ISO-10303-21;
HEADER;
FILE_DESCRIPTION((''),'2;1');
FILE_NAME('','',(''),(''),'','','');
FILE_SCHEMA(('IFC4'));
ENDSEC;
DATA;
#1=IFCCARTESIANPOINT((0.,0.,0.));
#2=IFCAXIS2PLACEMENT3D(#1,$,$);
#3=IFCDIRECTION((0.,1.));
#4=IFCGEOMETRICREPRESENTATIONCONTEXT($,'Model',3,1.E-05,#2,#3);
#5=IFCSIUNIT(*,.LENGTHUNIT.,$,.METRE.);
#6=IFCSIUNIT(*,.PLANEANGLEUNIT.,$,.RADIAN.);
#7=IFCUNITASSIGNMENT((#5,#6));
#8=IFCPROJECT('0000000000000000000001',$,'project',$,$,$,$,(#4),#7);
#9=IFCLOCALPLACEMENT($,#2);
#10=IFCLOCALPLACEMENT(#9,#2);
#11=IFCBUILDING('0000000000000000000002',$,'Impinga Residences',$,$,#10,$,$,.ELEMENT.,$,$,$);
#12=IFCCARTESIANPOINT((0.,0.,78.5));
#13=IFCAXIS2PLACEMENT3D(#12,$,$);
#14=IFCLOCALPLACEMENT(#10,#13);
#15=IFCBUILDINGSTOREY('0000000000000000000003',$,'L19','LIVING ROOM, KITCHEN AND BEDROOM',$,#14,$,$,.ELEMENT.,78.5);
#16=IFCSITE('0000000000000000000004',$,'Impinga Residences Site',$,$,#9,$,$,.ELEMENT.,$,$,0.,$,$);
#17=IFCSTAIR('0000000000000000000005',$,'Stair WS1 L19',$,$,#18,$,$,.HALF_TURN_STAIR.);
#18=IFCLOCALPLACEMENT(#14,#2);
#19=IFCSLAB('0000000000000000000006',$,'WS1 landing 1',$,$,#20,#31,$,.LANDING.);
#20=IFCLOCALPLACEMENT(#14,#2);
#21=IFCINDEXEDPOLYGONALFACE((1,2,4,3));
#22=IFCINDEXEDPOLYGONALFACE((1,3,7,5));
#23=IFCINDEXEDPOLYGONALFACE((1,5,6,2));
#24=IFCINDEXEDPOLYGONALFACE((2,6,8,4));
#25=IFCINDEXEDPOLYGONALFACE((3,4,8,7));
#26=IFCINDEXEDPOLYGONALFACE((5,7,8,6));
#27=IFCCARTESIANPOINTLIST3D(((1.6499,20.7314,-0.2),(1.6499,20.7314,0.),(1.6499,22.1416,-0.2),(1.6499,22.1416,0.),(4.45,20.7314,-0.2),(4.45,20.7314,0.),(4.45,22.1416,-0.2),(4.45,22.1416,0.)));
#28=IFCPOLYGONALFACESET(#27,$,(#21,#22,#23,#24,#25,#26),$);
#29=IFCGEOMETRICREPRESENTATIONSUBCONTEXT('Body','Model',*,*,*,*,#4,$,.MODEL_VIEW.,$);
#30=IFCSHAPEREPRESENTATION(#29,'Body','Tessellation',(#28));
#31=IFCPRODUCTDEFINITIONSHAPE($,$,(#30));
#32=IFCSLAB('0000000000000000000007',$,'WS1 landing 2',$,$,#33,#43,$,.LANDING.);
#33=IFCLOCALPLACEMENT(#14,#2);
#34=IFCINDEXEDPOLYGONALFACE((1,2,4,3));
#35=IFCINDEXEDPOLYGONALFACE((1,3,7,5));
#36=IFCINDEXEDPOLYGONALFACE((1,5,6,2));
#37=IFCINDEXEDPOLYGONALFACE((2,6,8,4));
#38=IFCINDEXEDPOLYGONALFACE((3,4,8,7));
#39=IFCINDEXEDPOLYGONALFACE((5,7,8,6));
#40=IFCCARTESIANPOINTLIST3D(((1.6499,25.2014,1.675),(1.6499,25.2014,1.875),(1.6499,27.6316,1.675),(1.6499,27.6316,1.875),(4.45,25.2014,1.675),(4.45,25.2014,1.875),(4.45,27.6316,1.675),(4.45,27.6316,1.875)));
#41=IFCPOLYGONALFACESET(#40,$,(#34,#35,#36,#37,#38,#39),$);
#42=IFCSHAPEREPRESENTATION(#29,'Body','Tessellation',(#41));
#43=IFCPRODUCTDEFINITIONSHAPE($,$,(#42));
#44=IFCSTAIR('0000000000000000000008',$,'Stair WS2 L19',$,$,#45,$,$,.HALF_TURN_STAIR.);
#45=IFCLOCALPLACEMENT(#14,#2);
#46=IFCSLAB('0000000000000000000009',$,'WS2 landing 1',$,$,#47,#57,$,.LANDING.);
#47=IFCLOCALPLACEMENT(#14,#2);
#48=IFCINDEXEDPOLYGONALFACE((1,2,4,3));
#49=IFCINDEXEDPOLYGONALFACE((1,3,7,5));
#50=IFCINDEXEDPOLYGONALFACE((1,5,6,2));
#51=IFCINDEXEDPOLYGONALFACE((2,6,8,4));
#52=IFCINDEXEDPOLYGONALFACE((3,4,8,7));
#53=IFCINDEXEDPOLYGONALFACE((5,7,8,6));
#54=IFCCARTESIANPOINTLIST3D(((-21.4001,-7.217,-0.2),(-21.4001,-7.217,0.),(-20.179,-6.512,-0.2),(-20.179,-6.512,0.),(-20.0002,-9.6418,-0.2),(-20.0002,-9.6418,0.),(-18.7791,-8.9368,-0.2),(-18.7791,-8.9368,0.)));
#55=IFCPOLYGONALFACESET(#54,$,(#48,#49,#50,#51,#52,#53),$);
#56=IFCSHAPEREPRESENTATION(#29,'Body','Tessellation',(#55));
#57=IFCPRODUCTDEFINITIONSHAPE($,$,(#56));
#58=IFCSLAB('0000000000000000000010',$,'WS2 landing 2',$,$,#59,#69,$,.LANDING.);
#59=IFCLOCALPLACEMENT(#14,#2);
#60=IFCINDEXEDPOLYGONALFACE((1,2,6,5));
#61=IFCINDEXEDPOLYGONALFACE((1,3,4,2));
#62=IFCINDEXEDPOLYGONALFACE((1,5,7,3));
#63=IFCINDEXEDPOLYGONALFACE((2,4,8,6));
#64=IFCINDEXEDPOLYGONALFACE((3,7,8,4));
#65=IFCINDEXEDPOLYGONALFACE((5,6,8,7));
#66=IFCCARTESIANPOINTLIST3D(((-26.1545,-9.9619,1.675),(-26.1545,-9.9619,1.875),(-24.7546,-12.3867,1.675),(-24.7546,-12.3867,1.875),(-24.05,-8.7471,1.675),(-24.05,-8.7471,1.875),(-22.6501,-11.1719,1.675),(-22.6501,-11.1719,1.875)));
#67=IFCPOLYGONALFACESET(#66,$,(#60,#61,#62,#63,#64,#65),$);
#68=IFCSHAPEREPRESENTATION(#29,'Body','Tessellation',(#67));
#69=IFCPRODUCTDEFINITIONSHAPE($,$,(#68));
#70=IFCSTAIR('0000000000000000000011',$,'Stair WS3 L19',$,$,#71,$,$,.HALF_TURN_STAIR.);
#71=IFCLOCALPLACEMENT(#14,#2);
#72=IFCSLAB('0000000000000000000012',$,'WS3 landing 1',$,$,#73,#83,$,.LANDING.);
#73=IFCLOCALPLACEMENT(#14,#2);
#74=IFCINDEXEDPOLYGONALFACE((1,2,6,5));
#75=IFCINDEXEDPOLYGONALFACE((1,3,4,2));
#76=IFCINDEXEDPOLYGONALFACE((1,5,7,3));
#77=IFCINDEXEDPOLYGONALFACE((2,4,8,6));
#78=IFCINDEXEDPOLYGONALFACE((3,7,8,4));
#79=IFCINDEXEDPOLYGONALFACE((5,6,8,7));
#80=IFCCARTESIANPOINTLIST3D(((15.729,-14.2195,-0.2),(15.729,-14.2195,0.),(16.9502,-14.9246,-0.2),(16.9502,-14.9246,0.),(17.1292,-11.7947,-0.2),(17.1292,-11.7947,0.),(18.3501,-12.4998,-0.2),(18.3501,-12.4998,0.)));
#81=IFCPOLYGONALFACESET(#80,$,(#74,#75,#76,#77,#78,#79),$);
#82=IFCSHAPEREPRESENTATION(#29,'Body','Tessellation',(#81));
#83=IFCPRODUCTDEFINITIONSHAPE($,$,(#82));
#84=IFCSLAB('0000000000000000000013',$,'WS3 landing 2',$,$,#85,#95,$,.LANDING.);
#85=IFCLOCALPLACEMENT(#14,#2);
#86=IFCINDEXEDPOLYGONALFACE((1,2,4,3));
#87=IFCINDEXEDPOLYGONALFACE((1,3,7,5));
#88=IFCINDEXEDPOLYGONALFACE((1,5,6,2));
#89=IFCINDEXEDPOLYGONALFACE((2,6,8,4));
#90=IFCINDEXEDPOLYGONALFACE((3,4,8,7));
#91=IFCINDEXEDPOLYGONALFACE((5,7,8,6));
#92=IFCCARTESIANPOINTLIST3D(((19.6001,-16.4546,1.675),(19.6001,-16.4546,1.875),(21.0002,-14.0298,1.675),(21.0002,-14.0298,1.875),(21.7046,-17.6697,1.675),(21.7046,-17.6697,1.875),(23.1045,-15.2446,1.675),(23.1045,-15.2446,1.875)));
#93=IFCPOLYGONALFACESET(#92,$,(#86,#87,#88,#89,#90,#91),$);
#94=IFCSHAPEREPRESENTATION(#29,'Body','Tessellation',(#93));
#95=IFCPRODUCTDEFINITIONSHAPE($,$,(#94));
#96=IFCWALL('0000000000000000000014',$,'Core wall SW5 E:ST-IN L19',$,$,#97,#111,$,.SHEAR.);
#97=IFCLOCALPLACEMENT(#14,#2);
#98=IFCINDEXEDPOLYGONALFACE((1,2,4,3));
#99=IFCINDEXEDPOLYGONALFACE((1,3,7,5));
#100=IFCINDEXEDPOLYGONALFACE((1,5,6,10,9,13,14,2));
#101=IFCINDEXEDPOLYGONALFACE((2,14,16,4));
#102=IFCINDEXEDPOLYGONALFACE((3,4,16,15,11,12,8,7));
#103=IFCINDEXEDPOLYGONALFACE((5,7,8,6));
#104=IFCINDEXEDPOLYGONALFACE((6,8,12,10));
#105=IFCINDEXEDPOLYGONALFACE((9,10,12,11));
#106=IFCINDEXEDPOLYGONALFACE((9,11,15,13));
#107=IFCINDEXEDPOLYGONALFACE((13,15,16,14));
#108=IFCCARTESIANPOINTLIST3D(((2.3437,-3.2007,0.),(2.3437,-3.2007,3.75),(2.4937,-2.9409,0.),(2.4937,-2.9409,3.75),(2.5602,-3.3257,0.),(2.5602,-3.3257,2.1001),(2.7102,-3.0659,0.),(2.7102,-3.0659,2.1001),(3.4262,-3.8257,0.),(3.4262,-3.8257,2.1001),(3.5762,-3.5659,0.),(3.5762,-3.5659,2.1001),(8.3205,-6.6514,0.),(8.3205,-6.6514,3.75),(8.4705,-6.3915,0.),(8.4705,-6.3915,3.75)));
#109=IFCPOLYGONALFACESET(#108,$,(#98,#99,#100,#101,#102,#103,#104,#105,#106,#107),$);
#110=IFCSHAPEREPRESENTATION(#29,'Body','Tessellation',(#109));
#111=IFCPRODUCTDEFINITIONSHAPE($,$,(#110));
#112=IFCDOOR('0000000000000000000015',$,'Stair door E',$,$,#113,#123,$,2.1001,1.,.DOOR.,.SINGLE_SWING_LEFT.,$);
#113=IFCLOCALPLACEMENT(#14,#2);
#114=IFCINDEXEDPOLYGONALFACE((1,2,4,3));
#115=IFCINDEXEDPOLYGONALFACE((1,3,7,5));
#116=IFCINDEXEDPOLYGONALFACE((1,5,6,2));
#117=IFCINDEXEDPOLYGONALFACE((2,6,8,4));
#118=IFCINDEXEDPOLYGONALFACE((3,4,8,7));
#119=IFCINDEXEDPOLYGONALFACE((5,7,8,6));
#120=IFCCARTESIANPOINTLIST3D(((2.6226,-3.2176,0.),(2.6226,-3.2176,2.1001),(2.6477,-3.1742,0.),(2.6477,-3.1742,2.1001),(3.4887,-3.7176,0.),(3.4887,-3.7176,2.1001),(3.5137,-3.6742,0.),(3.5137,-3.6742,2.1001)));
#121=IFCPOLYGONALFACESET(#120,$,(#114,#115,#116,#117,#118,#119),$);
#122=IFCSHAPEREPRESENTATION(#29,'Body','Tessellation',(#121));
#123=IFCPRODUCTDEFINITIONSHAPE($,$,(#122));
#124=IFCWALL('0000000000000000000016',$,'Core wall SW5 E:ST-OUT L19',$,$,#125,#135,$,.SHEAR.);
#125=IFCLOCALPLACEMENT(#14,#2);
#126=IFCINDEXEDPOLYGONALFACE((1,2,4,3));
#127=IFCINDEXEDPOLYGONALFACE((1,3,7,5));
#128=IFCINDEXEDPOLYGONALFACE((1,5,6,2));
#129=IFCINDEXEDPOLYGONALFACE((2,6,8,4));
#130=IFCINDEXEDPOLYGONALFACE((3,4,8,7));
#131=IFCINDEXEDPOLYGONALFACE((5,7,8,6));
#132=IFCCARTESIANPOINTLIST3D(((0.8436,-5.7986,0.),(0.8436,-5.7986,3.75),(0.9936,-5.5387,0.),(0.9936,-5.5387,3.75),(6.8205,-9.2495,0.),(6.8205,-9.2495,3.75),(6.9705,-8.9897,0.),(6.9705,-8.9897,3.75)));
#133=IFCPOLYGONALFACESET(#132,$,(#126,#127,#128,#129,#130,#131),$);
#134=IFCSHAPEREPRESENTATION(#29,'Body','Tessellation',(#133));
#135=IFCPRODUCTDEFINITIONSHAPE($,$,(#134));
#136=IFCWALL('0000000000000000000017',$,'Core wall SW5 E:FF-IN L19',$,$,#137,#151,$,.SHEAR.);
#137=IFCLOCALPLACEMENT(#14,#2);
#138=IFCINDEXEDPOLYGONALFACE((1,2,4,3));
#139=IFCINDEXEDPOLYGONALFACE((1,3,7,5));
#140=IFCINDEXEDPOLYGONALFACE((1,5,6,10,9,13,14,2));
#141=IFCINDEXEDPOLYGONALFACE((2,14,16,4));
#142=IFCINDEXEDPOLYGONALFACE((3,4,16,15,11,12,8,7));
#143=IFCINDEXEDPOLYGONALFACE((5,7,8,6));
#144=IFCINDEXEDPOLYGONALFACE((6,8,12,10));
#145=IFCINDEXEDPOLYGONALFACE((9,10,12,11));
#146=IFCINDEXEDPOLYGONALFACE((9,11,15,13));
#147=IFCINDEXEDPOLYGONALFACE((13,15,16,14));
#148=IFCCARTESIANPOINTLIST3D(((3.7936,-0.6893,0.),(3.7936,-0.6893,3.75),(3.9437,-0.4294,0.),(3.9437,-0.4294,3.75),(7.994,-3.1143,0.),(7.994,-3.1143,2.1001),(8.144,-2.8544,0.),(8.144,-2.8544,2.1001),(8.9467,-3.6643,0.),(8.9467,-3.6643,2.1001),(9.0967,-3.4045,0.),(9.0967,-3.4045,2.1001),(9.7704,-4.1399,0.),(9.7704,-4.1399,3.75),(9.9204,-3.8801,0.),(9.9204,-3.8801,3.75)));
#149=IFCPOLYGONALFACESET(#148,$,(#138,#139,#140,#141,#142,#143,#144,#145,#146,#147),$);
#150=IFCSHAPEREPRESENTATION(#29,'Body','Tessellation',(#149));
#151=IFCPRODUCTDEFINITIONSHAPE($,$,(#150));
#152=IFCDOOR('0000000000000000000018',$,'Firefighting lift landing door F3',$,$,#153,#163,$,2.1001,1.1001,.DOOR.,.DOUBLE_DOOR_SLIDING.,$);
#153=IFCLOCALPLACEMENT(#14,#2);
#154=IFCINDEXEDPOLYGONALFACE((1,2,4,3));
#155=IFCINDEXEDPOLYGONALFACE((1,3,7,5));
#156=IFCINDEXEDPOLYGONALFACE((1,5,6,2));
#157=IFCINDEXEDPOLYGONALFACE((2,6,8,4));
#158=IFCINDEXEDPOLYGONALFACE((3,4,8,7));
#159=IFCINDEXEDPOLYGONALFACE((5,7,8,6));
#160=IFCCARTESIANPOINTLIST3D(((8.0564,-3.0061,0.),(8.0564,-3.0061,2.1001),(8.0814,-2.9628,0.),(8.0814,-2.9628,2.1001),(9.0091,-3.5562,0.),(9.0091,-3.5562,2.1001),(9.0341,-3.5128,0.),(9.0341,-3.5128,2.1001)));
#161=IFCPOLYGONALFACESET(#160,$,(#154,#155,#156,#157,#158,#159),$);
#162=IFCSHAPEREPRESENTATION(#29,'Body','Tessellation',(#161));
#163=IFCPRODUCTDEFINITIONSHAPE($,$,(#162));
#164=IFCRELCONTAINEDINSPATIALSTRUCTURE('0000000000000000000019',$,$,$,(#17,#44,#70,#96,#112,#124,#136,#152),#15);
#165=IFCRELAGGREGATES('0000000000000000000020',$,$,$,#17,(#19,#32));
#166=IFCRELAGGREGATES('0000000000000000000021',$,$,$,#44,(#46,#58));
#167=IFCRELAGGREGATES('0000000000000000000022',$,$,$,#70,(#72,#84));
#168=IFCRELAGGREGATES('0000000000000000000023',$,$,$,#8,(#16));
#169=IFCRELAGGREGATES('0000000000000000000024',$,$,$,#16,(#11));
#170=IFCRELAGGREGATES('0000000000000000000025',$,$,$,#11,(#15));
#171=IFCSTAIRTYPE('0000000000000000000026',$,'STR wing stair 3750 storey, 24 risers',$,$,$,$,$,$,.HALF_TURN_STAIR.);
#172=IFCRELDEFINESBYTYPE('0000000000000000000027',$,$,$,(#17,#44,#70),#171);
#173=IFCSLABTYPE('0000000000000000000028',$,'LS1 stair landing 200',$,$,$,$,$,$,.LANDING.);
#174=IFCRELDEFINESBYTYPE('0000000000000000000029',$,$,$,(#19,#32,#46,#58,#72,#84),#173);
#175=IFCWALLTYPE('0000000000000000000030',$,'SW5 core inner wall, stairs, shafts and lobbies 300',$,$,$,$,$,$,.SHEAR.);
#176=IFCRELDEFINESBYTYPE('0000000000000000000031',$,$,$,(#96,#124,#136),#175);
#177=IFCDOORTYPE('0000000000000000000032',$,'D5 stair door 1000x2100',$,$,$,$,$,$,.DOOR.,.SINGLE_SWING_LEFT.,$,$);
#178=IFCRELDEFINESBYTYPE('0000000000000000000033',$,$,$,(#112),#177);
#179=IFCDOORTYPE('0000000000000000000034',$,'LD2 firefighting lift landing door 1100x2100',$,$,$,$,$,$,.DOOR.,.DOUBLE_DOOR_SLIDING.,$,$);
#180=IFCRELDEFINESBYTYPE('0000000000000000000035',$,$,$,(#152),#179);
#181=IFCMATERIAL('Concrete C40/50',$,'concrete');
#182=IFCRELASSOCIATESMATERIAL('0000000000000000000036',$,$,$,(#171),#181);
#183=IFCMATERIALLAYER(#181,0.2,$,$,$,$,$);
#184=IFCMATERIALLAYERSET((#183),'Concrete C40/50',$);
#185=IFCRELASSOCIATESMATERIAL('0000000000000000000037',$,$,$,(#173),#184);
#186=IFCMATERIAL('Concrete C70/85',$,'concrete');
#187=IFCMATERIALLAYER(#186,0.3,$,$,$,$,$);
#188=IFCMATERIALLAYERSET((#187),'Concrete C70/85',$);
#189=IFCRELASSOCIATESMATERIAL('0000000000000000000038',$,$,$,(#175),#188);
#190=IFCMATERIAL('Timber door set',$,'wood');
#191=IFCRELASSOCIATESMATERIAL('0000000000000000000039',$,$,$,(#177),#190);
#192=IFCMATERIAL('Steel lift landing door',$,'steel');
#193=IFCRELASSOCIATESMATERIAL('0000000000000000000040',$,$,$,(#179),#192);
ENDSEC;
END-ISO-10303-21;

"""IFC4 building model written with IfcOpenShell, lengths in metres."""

from ifc_helpers import new_model, si_unit, direction, frame, frame_2d, origin, place, context, subcontext, project, spatial, polyline, rectangle, outline, extrude, material, layer, layer_set, type_object, element, fill, aggregate, save


model = new_model("IFC4")

# Units and contexts
model_context = context("Model", 3, precision=1e-05, world=origin(), true_north=direction((0.0, 1.0)))
body_context = subcontext(model_context, "Body", "Model", "MODEL_VIEW")
ifc_project = project(units=[si_unit("LENGTHUNIT", "METRE"), si_unit("PLANEANGLEUNIT", "RADIAN")], contexts=[model_context])

# Site, building, storey
site_placement = place(None, origin())
site = spatial("IfcSite", under=ifc_project, at=site_placement, Name="Impinga Residences Site", CompositionType="ELEMENT", RefElevation=0.0)
building_placement = place(site_placement, origin())
building = spatial("IfcBuilding", under=site, at=building_placement, Name="Impinga Residences", CompositionType="ELEMENT")
storey_placement = place(building_placement, frame((0.0, 0.0, 78.5)))
storey = spatial("IfcBuildingStorey", under=building, at=storey_placement, Name="L19", Description="LIVING ROOM, KITCHEN AND BEDROOM", CompositionType="ELEMENT", Elevation=78.5)

# Stairs, slabs
ifc_material_1 = material(Name="Concrete C40/50", Category="concrete")
stair_type_1 = type_object("IfcStairType", Name="STR wing stair 3750 storey, 24 risers", PredefinedType="HALF_TURN_STAIR", material=ifc_material_1)
stair_1_placement = place(storey_placement, origin())
stair_1 = element("IfcStair", 1, at=stair_1_placement, inside=storey, type_object=stair_type_1, Name="Stair WS1 L19", PredefinedType="HALF_TURN_STAIR")
ifc_layer_1 = layer(ifc_material_1, 0.2)
ifc_layer_set_1 = layer_set([ifc_layer_1], Name="Concrete C40/50")
slab_type = type_object("IfcSlabType", Name="LS1 stair landing 200", PredefinedType="LANDING", material=ifc_layer_set_1)
slab_1_placement = place(storey_placement, frame((0.0, 0.0, -0.2)))
slab_1 = element("IfcSlab", 2, at=slab_1_placement, type_object=slab_type, Name="WS1 landing 1", PredefinedType="LANDING", context=body_context, shape_type="SweptSolid", body=[
    extrude(outline(polyline([(1.6499, 20.7314), (4.45, 20.7314), (4.45, 22.1416), (1.6499, 22.1416), (1.6499, 20.7314)])), origin(), (0.0, 0.0, 1.0), 0.2),
])
slab_2_placement = place(storey_placement, frame((0.0, 0.0, 1.675)))
slab_2 = element("IfcSlab", 3, at=slab_2_placement, type_object=slab_type, Name="WS1 landing 2", PredefinedType="LANDING", context=body_context, shape_type="SweptSolid", body=[
    extrude(outline(polyline([(1.6499, 25.2014), (4.45, 25.2014), (4.45, 27.6316), (1.6499, 27.6316), (1.6499, 25.2014)])), origin(), (0.0, 0.0, 1.0), 0.2),
])
aggregate(stair_1, [slab_1, slab_2])
stair_2_placement = place(storey_placement, origin())
stair_2 = element("IfcStair", 4, at=stair_2_placement, inside=storey, type_object=stair_type_1, Name="Stair WS2 L19", PredefinedType="HALF_TURN_STAIR")
slab_3_placement = place(storey_placement, frame((0.0, 0.0, -0.2)))
slab_3 = element("IfcSlab", 5, at=slab_3_placement, type_object=slab_type, Name="WS2 landing 1", PredefinedType="LANDING", context=body_context, shape_type="SweptSolid", body=[
    extrude(outline(polyline([(-18.7791, -8.9368), (-20.179, -6.512), (-21.4001, -7.217), (-20.0002, -9.6418), (-18.7791, -8.9368)])), origin(), (0.0, 0.0, 1.0), 0.2),
])
slab_4_placement = place(storey_placement, frame((0.0, 0.0, 1.675)))
slab_4 = element("IfcSlab", 6, at=slab_4_placement, type_object=slab_type, Name="WS2 landing 2", PredefinedType="LANDING", context=body_context, shape_type="SweptSolid", body=[
    extrude(outline(polyline([(-22.6501, -11.1719), (-24.05, -8.7471), (-26.1545, -9.9619), (-24.7546, -12.3867), (-22.6501, -11.1719)])), origin(), (0.0, 0.0, 1.0), 0.2),
])
aggregate(stair_2, [slab_3, slab_4])
stair_3_placement = place(storey_placement, origin())
stair_3 = element("IfcStair", 7, at=stair_3_placement, inside=storey, type_object=stair_type_1, Name="Stair WS3 L19", PredefinedType="HALF_TURN_STAIR")
slab_5_placement = place(storey_placement, frame((0.0, 0.0, -0.2)))
slab_5 = element("IfcSlab", 8, at=slab_5_placement, type_object=slab_type, Name="WS3 landing 1", PredefinedType="LANDING", context=body_context, shape_type="SweptSolid", body=[
    extrude(outline(polyline([(17.1292, -11.7947), (15.729, -14.2195), (16.9502, -14.9246), (18.3501, -12.4998), (17.1292, -11.7947)])), origin(), (0.0, 0.0, 1.0), 0.2),
])
slab_6_placement = place(storey_placement, frame((0.0, 0.0, 1.675)))
slab_6 = element("IfcSlab", 9, at=slab_6_placement, type_object=slab_type, Name="WS3 landing 2", PredefinedType="LANDING", context=body_context, shape_type="SweptSolid", body=[
    extrude(outline(polyline([(21.0002, -14.0298), (19.6001, -16.4546), (21.7046, -17.6697), (23.1045, -15.2446), (21.0002, -14.0298)])), origin(), (0.0, 0.0, 1.0), 0.2),
])
aggregate(stair_3, [slab_5, slab_6])

# Wall, opening, door
ifc_material_2 = material(Name="Concrete C70/85", Category="concrete")
ifc_layer_2 = layer(ifc_material_2, 0.3)
ifc_layer_set_2 = layer_set([ifc_layer_2], Name="Concrete C70/85")
wall_type = type_object("IfcWallType", Name="SW5 core inner wall, stairs, shafts and lobbies 300", PredefinedType="SHEAR", material=ifc_layer_set_2)
wall_1_placement = place(storey_placement, frame((2.4187, -3.0708, 0.0), z_axis=(0.0, 0.0, 1.0), x_axis=(0.866027, -0.499997, 0.0)))
wall_1 = element("IfcWall", 10, at=wall_1_placement, inside=storey, type_object=wall_type, Name="Core wall SW5 E:ST-IN L19", PredefinedType="SHEAR", context=body_context, shape_type="SweptSolid", body=[
    extrude(rectangle(XDim=6.9014, YDim=0.3, at=frame_2d((3.4507, 0.0))), origin(), (0.0, 0.0, 1.0), 3.75),
])
opening_1_placement = place(wall_1_placement, frame((0.25, 0.0, 0.0)))
opening_1 = element("IfcOpeningElement", 11, at=opening_1_placement, cuts=wall_1, PredefinedType="OPENING", context=body_context, shape_type="SweptSolid", body=[
    extrude(rectangle(XDim=1.0, YDim=2.1001, at=frame_2d((0.5, 1.05))), frame((0.0, 0.1599, 0.0), z_axis=(0.0, -1.0, 0.0), x_axis=(1.0, 0.0, 0.0)), (0.0, 0.0, 1.0), 0.3201),
])
ifc_material_3 = material(Name="Timber door set", Category="wood")
door_type_1 = type_object("IfcDoorType", Name="D5 stair door 1000x2100", OperationType="SINGLE_SWING_LEFT", PredefinedType="DOOR", material=ifc_material_3)
door_1_placement = place(opening_1_placement, origin())
door_1 = element("IfcDoor", 12, at=door_1_placement, inside=storey, type_object=door_type_1, Name="Stair door E", OperationType="SINGLE_SWING_LEFT", OverallHeight=2.1001, OverallWidth=1.0, PredefinedType="DOOR", context=body_context, shape_type="SweptSolid", body=[
    extrude(rectangle(XDim=1.0, YDim=2.1001, at=frame_2d((0.5, 1.05))), frame((0.0, 0.0249, 0.0), z_axis=(0.0, -1.0, 0.0), x_axis=(1.0, 0.0, 0.0)), (0.0, 0.0, 1.0), 0.05),
])
fill(opening_1, door_1)

# Wall
wall_2_placement = place(storey_placement, frame((0.9187, -5.6687, 0.0), z_axis=(0.0, 0.0, 1.0), x_axis=(0.866012, -0.500024, 0.0)))
element("IfcWall", 13, at=wall_2_placement, inside=storey, type_object=wall_type, Name="Core wall SW5 E:ST-OUT L19", PredefinedType="SHEAR", context=body_context, shape_type="SweptSolid", body=[
    extrude(rectangle(XDim=6.9016, YDim=0.3, at=frame_2d((3.4507, 0.0))), origin(), (0.0, 0.0, 1.0), 3.75),
])

# Wall, opening, door
wall_3_placement = place(storey_placement, frame((3.8687, -0.5593, 0.0), z_axis=(0.0, 0.0, 1.0), x_axis=(0.866027, -0.499997, 0.0)))
wall_3 = element("IfcWall", 14, at=wall_3_placement, inside=storey, type_object=wall_type, Name="Core wall SW5 E:FF-IN L19", PredefinedType="SHEAR", context=body_context, shape_type="SweptSolid", body=[
    extrude(rectangle(XDim=6.9014, YDim=0.3, at=frame_2d((3.4507, 0.0))), origin(), (0.0, 0.0, 1.0), 3.75),
])
opening_2_placement = place(wall_3_placement, frame((4.8501, 0.0, 0.0)))
opening_2 = element("IfcOpeningElement", 15, at=opening_2_placement, cuts=wall_3, PredefinedType="OPENING", context=body_context, shape_type="SweptSolid", body=[
    extrude(rectangle(XDim=1.1001, YDim=2.1001, at=frame_2d((0.55, 1.05))), frame((0.0, 0.1599, 0.0), z_axis=(0.0, -1.0, 0.0), x_axis=(1.0, 0.0, 0.0)), (0.0, 0.0, 1.0), 0.3201),
])
ifc_material_4 = material(Name="Steel lift landing door", Category="steel")
door_type_2 = type_object("IfcDoorType", Name="LD2 firefighting lift landing door 1100x2100", OperationType="DOUBLE_DOOR_SLIDING", PredefinedType="DOOR", material=ifc_material_4)
door_2_placement = place(opening_2_placement, origin())
door_2 = element("IfcDoor", 16, at=door_2_placement, inside=storey, type_object=door_type_2, Name="Firefighting lift landing door F3", OperationType="DOUBLE_DOOR_SLIDING", OverallHeight=2.1001, OverallWidth=1.1001, PredefinedType="DOOR", context=body_context, shape_type="SweptSolid", body=[
    extrude(rectangle(XDim=1.1001, YDim=2.1001, at=frame_2d((0.55, 1.05))), frame((0.0, 0.0249, 0.0), z_axis=(0.0, -1.0, 0.0), x_axis=(1.0, 0.0, 0.0)), (0.0, 0.0, 1.0), 0.05),
])
fill(opening_2, door_2)

save(model, "model.ifc")
